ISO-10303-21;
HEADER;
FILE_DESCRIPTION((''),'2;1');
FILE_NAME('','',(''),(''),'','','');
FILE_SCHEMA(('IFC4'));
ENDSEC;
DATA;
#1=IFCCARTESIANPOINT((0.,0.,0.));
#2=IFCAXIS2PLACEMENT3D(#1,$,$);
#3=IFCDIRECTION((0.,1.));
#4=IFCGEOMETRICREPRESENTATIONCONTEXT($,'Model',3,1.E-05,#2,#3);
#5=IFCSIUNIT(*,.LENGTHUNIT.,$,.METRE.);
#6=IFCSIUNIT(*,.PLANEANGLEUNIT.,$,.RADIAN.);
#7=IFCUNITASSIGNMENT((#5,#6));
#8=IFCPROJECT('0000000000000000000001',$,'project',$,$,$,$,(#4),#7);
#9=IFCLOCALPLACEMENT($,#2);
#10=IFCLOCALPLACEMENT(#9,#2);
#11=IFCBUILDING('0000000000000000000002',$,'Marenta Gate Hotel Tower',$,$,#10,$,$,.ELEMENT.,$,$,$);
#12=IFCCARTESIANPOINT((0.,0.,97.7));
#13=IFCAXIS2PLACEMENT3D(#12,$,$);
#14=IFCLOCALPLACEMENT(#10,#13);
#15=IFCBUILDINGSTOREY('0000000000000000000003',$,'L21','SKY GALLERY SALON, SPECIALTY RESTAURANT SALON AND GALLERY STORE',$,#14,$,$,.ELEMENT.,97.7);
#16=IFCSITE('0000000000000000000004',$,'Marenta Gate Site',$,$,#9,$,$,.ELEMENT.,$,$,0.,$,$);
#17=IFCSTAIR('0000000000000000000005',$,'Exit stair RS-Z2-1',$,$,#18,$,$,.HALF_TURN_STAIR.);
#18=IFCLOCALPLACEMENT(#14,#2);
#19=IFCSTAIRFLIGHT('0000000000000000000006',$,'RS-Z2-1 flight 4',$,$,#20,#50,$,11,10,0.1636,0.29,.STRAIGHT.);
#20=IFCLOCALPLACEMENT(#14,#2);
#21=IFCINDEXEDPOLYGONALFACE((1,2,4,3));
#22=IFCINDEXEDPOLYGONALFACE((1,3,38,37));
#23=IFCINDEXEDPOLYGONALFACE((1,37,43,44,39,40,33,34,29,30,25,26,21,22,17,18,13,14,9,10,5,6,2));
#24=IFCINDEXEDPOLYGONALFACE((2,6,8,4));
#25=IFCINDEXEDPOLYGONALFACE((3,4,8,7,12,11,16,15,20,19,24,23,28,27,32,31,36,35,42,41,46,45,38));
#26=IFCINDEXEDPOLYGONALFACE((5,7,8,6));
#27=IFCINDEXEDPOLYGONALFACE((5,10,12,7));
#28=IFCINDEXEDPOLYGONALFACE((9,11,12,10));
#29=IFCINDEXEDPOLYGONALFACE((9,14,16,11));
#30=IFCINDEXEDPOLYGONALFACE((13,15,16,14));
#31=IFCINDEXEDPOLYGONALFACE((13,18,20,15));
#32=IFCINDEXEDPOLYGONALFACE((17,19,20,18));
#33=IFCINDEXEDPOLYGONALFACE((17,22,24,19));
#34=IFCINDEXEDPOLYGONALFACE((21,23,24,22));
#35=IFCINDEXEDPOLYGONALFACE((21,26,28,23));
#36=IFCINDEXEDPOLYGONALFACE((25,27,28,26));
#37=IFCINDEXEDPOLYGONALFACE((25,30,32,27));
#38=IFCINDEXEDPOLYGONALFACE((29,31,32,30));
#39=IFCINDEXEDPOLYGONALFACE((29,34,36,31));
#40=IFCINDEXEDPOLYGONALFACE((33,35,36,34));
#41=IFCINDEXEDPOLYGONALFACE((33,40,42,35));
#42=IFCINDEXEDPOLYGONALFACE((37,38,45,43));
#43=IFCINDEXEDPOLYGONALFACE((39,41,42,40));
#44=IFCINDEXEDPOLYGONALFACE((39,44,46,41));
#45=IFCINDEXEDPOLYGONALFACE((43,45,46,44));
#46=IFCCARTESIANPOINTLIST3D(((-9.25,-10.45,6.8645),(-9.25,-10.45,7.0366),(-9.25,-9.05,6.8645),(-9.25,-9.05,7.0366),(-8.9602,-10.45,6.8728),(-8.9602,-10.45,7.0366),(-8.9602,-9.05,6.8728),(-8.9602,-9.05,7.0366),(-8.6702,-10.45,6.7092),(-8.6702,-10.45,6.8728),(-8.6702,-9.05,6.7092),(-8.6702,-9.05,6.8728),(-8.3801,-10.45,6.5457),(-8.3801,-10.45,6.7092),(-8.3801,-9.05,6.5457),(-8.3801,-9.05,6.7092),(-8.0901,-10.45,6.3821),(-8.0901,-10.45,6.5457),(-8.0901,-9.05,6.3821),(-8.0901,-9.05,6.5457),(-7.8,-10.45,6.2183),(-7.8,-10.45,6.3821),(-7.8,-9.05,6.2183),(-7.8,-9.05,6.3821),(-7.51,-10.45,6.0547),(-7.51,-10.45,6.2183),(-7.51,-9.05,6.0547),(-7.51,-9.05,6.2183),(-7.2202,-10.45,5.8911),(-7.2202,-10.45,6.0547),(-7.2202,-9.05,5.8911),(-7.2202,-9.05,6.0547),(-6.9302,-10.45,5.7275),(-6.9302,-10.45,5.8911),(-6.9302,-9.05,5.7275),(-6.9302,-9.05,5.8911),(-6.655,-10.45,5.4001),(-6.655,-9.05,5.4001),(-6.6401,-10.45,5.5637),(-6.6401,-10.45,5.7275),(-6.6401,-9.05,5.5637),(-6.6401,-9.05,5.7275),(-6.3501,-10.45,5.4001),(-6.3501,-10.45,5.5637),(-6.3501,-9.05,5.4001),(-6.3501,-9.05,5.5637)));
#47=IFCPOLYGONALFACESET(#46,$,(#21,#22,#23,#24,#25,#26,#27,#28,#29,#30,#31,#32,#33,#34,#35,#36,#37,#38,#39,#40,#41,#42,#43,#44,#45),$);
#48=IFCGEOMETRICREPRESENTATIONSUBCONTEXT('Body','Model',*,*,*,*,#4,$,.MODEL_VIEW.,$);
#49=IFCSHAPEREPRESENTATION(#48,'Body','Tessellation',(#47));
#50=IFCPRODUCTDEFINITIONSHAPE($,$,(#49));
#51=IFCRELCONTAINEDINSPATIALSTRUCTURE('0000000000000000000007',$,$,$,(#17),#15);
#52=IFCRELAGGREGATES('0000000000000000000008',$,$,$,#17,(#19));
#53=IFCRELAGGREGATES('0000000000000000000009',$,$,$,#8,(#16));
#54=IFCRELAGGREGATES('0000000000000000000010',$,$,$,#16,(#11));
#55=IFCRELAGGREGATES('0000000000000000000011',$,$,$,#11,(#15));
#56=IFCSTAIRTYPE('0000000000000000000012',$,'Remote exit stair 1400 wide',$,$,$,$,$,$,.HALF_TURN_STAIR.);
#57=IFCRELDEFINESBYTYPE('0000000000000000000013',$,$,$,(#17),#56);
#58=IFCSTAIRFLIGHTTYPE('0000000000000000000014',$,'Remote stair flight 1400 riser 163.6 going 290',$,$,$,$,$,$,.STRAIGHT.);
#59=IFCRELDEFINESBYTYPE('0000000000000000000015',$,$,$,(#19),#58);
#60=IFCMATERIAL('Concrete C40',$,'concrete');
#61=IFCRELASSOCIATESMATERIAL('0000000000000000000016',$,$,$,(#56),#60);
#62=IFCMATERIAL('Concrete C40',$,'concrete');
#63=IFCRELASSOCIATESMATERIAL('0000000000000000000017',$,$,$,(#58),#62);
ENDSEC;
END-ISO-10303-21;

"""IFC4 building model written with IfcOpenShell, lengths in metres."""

from ifc_helpers import new_model, si_unit, direction, frame, origin, place, context, subcontext, project, spatial, polyline, outline, extrude, material, type_object, element, aggregate, save


model = new_model("IFC4")

# Units and contexts
model_context = context("Model", 3, precision=1e-05, world=origin(), true_north=direction((0.0, 1.0)))
body_context = subcontext(model_context, "Body", "Model", "MODEL_VIEW")
ifc_project = project(units=[si_unit("LENGTHUNIT", "METRE"), si_unit("PLANEANGLEUNIT", "RADIAN")], contexts=[model_context])

# Site, building, storey
site_placement = place(None, origin())
site = spatial("IfcSite", under=ifc_project, at=site_placement, Name="Marenta Gate Site", CompositionType="ELEMENT", RefElevation=0.0)
building_placement = place(site_placement, origin())
building = spatial("IfcBuilding", under=site, at=building_placement, Name="Marenta Gate Hotel Tower", CompositionType="ELEMENT")
storey_placement = place(building_placement, frame((0.0, 0.0, 97.7)))
storey = spatial("IfcBuildingStorey", under=building, at=storey_placement, Name="L21", Description="SKY GALLERY SALON, SPECIALTY RESTAURANT SALON AND GALLERY STORE", CompositionType="ELEMENT", Elevation=97.7)

# Stair, stair flight
ifc_material_1 = material(Name="Concrete C40", Category="concrete")
stair_type = type_object("IfcStairType", Name="Remote exit stair 1400 wide", PredefinedType="HALF_TURN_STAIR", material=ifc_material_1)
stair_placement = place(storey_placement, origin())
stair = element("IfcStair", 1, at=stair_placement, inside=storey, type_object=stair_type, Name="Exit stair RS-Z2-1", PredefinedType="HALF_TURN_STAIR")
ifc_material_2 = material(Name="Concrete C40", Category="concrete")
stair_flight_type = type_object("IfcStairFlightType", Name="Remote stair flight 1400 riser 163.6 going 290", PredefinedType="STRAIGHT", material=ifc_material_2)
stair_flight_1_placement = place(storey_placement, frame((-6.3501, -9.75, 5.4001), z_axis=(0.0, 0.0, 1.0), x_axis=(-1.0, 0.0, 0.0)))
stair_flight_1 = element("IfcStairFlight", 2, at=stair_flight_1_placement, type_object=stair_flight_type, Name="RS-Z2-1 flight 4", NumberOfRisers=11, NumberOfTreads=10, PredefinedType="STRAIGHT", RiserHeight=0.1636, TreadLength=0.29, context=body_context, shape_type="SweptSolid", body=[
    extrude(outline(polyline([(0.0, 0.0), (0.0, 0.1636), (0.29, 0.1636), (0.29, 0.3274), (0.5801, 0.3274), (0.5801, 0.491), (0.8701, 0.491), (0.8701, 0.6545), (1.1599, 0.6545), (1.1599, 0.8181), (1.45, 0.8181), (1.45, 0.9819), (1.74, 0.9819), (1.74, 1.1455), (2.03, 1.1455), (2.03, 1.3091), (2.3201, 1.3091), (2.3201, 1.4727), (2.6101, 1.4727), (2.6101, 1.6365), (2.8999, 1.6365), (2.8999, 1.8), (2.8999, 1.4644), (0.3049, 0.0), (0.0, 0.0)])), frame((0.0, 0.7, 0.0), z_axis=(0.0, -1.0, 0.0), x_axis=(1.0, 0.0, 0.0)), (0.0, 0.0, 1.0), 1.3999),
])
aggregate(stair, [stair_flight_1])

save(model, "model.ifc")
